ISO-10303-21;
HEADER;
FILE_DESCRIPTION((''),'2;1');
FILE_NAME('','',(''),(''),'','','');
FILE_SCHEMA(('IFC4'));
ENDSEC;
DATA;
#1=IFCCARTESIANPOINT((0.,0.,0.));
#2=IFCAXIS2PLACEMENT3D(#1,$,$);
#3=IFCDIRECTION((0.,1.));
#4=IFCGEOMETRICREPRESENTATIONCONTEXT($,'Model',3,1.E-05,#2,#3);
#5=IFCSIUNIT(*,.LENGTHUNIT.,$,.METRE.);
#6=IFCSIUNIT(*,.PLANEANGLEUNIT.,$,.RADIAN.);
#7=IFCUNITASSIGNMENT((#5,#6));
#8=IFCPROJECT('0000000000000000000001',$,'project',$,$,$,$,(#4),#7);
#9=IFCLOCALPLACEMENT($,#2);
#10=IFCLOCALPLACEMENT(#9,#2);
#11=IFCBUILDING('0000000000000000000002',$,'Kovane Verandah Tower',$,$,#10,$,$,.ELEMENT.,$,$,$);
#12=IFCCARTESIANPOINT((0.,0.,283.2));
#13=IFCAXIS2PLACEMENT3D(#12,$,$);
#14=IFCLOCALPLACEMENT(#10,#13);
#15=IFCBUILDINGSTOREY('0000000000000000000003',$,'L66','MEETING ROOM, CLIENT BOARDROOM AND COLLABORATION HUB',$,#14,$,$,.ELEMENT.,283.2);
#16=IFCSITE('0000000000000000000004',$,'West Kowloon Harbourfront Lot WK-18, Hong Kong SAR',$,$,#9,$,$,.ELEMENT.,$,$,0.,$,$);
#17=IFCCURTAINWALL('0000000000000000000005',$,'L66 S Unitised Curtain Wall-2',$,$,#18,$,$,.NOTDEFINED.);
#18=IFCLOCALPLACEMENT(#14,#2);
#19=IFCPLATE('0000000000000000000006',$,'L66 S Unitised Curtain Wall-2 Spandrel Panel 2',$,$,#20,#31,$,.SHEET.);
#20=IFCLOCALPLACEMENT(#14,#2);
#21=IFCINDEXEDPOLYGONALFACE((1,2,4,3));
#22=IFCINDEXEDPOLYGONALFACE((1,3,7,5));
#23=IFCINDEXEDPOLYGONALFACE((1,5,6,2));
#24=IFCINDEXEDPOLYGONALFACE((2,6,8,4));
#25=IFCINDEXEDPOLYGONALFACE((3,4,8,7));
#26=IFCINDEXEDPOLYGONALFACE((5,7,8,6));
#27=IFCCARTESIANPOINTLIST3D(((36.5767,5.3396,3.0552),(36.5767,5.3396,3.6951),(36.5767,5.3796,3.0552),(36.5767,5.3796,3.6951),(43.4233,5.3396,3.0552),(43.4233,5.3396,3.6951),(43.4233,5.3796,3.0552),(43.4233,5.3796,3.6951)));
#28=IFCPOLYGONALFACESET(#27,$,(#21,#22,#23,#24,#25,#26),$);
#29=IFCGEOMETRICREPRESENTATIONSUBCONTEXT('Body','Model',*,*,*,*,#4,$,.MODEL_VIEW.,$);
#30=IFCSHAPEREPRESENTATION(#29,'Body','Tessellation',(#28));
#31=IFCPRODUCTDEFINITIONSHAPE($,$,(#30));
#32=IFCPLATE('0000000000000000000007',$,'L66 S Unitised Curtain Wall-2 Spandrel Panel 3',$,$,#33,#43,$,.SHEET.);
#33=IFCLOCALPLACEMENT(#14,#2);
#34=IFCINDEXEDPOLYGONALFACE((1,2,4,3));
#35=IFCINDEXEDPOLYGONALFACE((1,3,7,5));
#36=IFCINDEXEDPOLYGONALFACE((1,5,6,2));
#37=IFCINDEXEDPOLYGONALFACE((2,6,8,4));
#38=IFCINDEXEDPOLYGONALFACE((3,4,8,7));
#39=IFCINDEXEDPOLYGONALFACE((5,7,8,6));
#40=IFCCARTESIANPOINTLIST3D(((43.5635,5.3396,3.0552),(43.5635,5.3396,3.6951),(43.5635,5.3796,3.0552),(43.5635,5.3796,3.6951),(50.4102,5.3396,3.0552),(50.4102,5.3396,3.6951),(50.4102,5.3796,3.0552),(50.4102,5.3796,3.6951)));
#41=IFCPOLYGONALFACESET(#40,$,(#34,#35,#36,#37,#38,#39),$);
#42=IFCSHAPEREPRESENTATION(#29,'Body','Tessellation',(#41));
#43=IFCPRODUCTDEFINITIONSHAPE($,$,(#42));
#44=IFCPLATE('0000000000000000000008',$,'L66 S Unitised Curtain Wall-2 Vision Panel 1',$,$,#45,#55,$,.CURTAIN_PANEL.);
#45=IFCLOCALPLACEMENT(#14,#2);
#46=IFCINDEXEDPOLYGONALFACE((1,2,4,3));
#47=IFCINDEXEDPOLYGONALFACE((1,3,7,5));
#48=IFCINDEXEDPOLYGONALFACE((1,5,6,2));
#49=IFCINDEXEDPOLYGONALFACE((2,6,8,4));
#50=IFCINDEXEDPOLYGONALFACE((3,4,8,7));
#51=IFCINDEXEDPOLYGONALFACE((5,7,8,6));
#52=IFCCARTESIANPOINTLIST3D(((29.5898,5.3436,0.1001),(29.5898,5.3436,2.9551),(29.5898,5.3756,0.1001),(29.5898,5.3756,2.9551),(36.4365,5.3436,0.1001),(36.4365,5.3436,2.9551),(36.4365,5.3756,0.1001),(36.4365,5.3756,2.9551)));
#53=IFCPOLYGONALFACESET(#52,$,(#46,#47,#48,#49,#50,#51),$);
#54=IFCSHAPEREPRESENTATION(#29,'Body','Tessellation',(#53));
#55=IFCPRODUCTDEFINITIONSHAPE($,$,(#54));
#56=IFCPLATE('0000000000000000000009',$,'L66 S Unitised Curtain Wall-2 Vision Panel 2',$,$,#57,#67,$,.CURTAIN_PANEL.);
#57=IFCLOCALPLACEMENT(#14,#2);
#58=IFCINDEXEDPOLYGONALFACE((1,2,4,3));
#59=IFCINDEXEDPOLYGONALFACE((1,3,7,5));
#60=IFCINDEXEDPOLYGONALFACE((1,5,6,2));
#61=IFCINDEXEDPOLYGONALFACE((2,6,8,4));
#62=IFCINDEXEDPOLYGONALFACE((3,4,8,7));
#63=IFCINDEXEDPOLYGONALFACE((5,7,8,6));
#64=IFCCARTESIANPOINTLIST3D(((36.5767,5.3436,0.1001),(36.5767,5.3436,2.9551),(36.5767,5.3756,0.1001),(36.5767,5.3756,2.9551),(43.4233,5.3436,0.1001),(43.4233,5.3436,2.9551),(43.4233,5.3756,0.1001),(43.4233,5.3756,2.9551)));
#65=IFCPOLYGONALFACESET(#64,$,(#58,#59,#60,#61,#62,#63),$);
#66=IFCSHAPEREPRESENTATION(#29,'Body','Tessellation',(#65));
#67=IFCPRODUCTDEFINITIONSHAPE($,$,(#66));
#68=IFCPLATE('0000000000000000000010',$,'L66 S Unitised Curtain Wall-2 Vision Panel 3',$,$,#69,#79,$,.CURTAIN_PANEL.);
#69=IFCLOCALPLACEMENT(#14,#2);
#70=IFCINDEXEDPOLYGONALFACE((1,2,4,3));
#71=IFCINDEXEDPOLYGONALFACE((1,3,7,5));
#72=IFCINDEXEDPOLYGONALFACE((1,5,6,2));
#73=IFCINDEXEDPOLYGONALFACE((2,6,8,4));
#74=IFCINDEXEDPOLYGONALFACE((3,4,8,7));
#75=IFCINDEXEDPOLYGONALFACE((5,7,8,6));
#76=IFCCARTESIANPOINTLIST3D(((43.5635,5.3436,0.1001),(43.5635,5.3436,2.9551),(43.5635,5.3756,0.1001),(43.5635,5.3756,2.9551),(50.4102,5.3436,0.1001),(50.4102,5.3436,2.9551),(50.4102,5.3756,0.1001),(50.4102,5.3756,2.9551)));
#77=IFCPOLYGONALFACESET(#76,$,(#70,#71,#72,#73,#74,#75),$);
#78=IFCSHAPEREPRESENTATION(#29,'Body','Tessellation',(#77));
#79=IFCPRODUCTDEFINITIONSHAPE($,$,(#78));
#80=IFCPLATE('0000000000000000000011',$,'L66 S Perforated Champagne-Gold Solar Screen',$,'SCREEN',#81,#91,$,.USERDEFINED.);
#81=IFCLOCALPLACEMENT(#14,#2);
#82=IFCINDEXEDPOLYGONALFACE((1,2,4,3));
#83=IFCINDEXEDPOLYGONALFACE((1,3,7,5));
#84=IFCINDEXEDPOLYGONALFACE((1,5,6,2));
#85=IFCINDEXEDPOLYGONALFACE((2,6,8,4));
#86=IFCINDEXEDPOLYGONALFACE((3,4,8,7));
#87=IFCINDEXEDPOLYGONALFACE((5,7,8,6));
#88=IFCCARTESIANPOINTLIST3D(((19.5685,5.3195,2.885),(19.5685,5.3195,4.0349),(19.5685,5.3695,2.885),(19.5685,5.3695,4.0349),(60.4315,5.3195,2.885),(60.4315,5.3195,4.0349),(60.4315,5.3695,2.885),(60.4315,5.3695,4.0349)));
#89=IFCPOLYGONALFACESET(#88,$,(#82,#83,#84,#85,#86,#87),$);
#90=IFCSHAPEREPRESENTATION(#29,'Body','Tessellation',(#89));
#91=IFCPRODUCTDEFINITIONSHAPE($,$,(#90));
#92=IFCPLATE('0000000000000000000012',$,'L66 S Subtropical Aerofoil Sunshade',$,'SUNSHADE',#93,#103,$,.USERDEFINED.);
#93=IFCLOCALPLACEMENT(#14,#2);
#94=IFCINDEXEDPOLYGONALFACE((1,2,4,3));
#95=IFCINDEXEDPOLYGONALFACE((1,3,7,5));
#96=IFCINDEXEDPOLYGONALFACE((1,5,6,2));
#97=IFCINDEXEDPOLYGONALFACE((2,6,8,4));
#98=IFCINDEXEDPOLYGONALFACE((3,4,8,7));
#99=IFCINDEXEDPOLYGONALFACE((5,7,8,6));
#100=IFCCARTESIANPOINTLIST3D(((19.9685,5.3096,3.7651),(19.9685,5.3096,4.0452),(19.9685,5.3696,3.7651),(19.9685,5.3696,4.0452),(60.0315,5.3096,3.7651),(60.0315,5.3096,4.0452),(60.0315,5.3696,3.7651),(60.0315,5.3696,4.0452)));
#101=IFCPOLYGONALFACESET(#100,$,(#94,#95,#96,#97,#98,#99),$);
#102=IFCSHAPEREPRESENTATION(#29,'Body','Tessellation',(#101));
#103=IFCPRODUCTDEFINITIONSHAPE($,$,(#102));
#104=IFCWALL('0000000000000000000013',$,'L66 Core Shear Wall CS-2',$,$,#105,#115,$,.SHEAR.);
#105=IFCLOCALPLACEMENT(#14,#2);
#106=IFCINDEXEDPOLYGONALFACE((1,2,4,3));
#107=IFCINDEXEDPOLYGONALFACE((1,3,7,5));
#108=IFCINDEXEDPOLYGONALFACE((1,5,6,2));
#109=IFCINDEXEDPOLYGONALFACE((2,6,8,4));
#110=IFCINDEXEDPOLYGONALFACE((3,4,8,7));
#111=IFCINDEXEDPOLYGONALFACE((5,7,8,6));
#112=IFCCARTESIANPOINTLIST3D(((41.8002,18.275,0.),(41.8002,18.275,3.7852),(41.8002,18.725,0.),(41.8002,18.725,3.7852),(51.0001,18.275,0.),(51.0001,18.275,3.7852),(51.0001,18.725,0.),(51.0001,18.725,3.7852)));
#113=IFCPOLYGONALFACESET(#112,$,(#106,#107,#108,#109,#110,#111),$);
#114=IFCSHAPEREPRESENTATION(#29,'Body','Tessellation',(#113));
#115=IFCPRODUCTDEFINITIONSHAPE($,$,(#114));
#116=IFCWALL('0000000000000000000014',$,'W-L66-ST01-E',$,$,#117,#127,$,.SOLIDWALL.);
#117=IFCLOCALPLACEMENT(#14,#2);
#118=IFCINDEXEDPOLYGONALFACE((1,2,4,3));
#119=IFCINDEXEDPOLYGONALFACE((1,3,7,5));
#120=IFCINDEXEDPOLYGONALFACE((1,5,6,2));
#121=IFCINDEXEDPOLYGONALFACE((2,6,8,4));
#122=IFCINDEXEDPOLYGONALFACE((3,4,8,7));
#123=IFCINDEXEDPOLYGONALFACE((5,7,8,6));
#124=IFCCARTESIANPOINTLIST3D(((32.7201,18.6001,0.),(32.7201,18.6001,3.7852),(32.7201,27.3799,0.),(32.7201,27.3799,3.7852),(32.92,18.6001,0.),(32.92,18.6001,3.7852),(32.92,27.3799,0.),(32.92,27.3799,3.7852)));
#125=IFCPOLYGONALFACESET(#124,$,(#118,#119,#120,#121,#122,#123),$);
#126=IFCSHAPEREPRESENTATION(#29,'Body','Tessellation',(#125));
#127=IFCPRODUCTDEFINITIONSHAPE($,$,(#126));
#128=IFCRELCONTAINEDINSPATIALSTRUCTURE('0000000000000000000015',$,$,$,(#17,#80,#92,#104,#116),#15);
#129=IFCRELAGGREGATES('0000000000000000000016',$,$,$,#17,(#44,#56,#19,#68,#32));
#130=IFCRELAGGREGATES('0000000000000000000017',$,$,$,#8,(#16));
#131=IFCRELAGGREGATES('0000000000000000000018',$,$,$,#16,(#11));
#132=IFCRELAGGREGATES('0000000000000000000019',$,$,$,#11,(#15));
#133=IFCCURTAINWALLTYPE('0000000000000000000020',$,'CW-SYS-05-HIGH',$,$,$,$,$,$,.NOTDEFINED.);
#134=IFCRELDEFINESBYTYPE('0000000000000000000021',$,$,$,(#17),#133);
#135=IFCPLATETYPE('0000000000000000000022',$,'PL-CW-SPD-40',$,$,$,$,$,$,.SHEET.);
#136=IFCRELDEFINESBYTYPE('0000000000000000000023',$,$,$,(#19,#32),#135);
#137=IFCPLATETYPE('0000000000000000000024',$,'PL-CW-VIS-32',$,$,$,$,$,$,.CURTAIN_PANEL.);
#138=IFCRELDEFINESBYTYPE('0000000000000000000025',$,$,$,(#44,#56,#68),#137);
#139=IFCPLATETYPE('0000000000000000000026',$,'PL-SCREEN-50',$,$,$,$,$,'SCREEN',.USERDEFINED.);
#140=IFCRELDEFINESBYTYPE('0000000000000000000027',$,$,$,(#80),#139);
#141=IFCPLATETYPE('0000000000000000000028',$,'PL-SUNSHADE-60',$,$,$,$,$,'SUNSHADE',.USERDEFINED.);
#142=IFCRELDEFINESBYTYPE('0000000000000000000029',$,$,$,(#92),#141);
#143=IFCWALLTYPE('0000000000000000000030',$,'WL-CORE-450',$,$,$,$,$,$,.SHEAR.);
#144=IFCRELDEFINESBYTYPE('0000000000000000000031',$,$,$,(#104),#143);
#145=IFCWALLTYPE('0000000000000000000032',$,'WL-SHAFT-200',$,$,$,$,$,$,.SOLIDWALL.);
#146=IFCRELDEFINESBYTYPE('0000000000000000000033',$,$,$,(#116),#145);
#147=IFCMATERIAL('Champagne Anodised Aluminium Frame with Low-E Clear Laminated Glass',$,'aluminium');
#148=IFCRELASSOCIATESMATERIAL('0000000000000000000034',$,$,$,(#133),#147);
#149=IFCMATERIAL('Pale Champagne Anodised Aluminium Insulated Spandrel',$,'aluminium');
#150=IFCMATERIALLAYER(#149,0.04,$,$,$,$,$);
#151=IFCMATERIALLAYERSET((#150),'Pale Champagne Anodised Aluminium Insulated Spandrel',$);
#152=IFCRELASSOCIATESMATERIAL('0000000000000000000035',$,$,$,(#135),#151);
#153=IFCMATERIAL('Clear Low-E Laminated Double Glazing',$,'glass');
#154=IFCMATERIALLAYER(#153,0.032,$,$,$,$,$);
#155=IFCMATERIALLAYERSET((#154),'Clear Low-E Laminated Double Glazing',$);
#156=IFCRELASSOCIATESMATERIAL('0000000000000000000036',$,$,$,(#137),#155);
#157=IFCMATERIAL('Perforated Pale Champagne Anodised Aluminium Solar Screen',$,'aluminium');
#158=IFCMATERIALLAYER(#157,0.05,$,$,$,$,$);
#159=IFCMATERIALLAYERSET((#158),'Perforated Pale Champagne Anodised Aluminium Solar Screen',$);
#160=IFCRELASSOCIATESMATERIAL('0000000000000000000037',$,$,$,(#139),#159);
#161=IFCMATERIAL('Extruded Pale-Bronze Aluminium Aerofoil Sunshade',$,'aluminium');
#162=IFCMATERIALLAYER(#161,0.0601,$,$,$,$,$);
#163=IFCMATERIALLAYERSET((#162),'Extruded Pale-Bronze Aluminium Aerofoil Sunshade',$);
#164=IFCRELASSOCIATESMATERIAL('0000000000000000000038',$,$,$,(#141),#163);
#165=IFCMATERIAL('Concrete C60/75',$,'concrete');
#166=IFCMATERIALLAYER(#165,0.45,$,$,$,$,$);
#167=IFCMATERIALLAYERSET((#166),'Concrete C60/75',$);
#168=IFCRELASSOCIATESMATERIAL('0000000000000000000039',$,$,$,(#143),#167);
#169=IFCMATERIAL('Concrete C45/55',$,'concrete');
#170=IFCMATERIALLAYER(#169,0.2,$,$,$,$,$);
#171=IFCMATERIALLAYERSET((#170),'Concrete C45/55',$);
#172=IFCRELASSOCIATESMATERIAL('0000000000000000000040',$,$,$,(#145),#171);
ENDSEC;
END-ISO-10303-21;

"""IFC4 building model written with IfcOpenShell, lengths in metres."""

from ifc_helpers import new_model, si_unit, direction, frame, frame_2d, origin, origin_2d, place, context, subcontext, project, spatial, rectangle, extrude, material, layer, layer_set, type_object, element, aggregate, save


model = new_model("IFC4")

# Units and contexts
model_context = context("Model", 3, precision=1e-05, world=origin(), true_north=direction((0.0, 1.0)))
body_context = subcontext(model_context, "Body", "Model", "MODEL_VIEW")
ifc_project = project(units=[si_unit("LENGTHUNIT", "METRE"), si_unit("PLANEANGLEUNIT", "RADIAN")], contexts=[model_context])

# Site, building, storey
site_placement = place(None, origin())
site = spatial("IfcSite", under=ifc_project, at=site_placement, Name="West Kowloon Harbourfront Lot WK-18, Hong Kong SAR", CompositionType="ELEMENT", RefElevation=0.0)
building_placement = place(site_placement, origin())
building = spatial("IfcBuilding", under=site, at=building_placement, Name="Kovane Verandah Tower", CompositionType="ELEMENT")
storey_placement = place(building_placement, frame((0.0, 0.0, 283.2)))
storey = spatial("IfcBuildingStorey", under=building, at=storey_placement, Name="L66", Description="MEETING ROOM, CLIENT BOARDROOM AND COLLABORATION HUB", CompositionType="ELEMENT", Elevation=283.2)

# Shared definitions
ifc_material_1 = material(Name="Concrete C60/75", Category="concrete")

# Curtain wall, plates
ifc_material_2 = material(Name="Champagne Anodised Aluminium Frame with Low-E Clear Laminated Glass", Category="aluminium")
curtain_wall_type = type_object("IfcCurtainWallType", Name="CW-SYS-05-HIGH", PredefinedType="NOTDEFINED", material=ifc_material_2)
curtain_wall_placement = place(storey_placement, origin())
curtain_wall = element("IfcCurtainWall", 1, at=curtain_wall_placement, inside=storey, type_object=curtain_wall_type, Name="L66 S Unitised Curtain Wall-2", PredefinedType="NOTDEFINED")
ifc_material_3 = material(Name="Pale Champagne Anodised Aluminium Insulated Spandrel", Category="aluminium")
ifc_layer_1 = layer(ifc_material_3, 0.04)
ifc_layer_set_1 = layer_set([ifc_layer_1], Name="Pale Champagne Anodised Aluminium Insulated Spandrel")
plate_type_1 = type_object("IfcPlateType", Name="PL-CW-SPD-40", PredefinedType="SHEET", material=ifc_layer_set_1)
plate_1_placement = place(storey_placement, frame((40.0, 5.3596, 3.0552), z_axis=(0.0, 0.0, 1.0), x_axis=(1.0, 0.0, 0.0)))
plate_1 = element("IfcPlate", 2, at=plate_1_placement, type_object=plate_type_1, Name="L66 S Unitised Curtain Wall-2 Spandrel Panel 2", PredefinedType="SHEET", context=body_context, shape_type="SweptSolid", body=[
    extrude(rectangle(XDim=6.8467, YDim=0.04, at=origin_2d()), origin(), (0.0, 0.0, 1.0), 0.6399),
])
plate_2_placement = place(storey_placement, frame((46.9868, 5.3596, 3.0552), z_axis=(0.0, 0.0, 1.0), x_axis=(1.0, 0.0, 0.0)))
plate_2 = element("IfcPlate", 3, at=plate_2_placement, type_object=plate_type_1, Name="L66 S Unitised Curtain Wall-2 Spandrel Panel 3", PredefinedType="SHEET", context=body_context, shape_type="SweptSolid", body=[
    extrude(rectangle(XDim=6.8467, YDim=0.04, at=origin_2d()), origin(), (0.0, 0.0, 1.0), 0.6399),
])
ifc_material_4 = material(Name="Clear Low-E Laminated Double Glazing", Category="glass")
ifc_layer_2 = layer(ifc_material_4, 0.032)
ifc_layer_set_2 = layer_set([ifc_layer_2], Name="Clear Low-E Laminated Double Glazing")
plate_type_2 = type_object("IfcPlateType", Name="PL-CW-VIS-32", PredefinedType="CURTAIN_PANEL", material=ifc_layer_set_2)
plate_3_placement = place(storey_placement, frame((33.0132, 5.3596, 0.1001), z_axis=(0.0, 0.0, 1.0), x_axis=(1.0, 0.0, 0.0)))
plate_3 = element("IfcPlate", 4, at=plate_3_placement, type_object=plate_type_2, Name="L66 S Unitised Curtain Wall-2 Vision Panel 1", PredefinedType="CURTAIN_PANEL", context=body_context, shape_type="SweptSolid", body=[
    extrude(rectangle(XDim=6.8467, YDim=0.032, at=origin_2d()), origin(), (0.0, 0.0, 1.0), 2.855),
])
plate_4_placement = place(storey_placement, frame((40.0, 5.3596, 0.1001), z_axis=(0.0, 0.0, 1.0), x_axis=(1.0, 0.0, 0.0)))
plate_4 = element("IfcPlate", 5, at=plate_4_placement, type_object=plate_type_2, Name="L66 S Unitised Curtain Wall-2 Vision Panel 2", PredefinedType="CURTAIN_PANEL", context=body_context, shape_type="SweptSolid", body=[
    extrude(rectangle(XDim=6.8467, YDim=0.032, at=origin_2d()), origin(), (0.0, 0.0, 1.0), 2.855),
])
plate_5_placement = place(storey_placement, frame((46.9868, 5.3596, 0.1001), z_axis=(0.0, 0.0, 1.0), x_axis=(1.0, 0.0, 0.0)))
plate_5 = element("IfcPlate", 6, at=plate_5_placement, type_object=plate_type_2, Name="L66 S Unitised Curtain Wall-2 Vision Panel 3", PredefinedType="CURTAIN_PANEL", context=body_context, shape_type="SweptSolid", body=[
    extrude(rectangle(XDim=6.8467, YDim=0.032, at=origin_2d()), origin(), (0.0, 0.0, 1.0), 2.855),
])
aggregate(curtain_wall, [plate_3, plate_4, plate_1, plate_5, plate_2])

# Plates
ifc_material_5 = material(Name="Perforated Pale Champagne Anodised Aluminium Solar Screen", Category="aluminium")
ifc_layer_3 = layer(ifc_material_5, 0.05)
ifc_layer_set_3 = layer_set([ifc_layer_3], Name="Perforated Pale Champagne Anodised Aluminium Solar Screen")
plate_type_3 = type_object("IfcPlateType", Name="PL-SCREEN-50", ElementType="SCREEN", PredefinedType="USERDEFINED", material=ifc_layer_set_3)
plate_6_placement = place(storey_placement, frame((40.0, 5.3445, 2.885), z_axis=(0.0, 0.0, 1.0), x_axis=(1.0, 0.0, 0.0)))
element("IfcPlate", 7, at=plate_6_placement, inside=storey, type_object=plate_type_3, Name="L66 S Perforated Champagne-Gold Solar Screen", ObjectType="SCREEN", PredefinedType="USERDEFINED", context=body_context, shape_type="SweptSolid", body=[
    extrude(rectangle(XDim=40.863, YDim=0.05, at=origin_2d()), origin(), (0.0, 0.0, 1.0), 1.1499),
])
ifc_material_6 = material(Name="Extruded Pale-Bronze Aluminium Aerofoil Sunshade", Category="aluminium")
ifc_layer_4 = layer(ifc_material_6, 0.0601)
ifc_layer_set_4 = layer_set([ifc_layer_4], Name="Extruded Pale-Bronze Aluminium Aerofoil Sunshade")
plate_type_4 = type_object("IfcPlateType", Name="PL-SUNSHADE-60", ElementType="SUNSHADE", PredefinedType="USERDEFINED", material=ifc_layer_set_4)
plate_7_placement = place(storey_placement, frame((40.0, 5.3396, 3.7651), z_axis=(0.0, 0.0, 1.0), x_axis=(1.0, 0.0, 0.0)))
element("IfcPlate", 8, at=plate_7_placement, inside=storey, type_object=plate_type_4, Name="L66 S Subtropical Aerofoil Sunshade", ObjectType="SUNSHADE", PredefinedType="USERDEFINED", context=body_context, shape_type="SweptSolid", body=[
    extrude(rectangle(XDim=40.063, YDim=0.0601, at=origin_2d()), origin(), (0.0, 0.0, 1.0), 0.28),
])

# Walls
ifc_layer_5 = layer(ifc_material_1, 0.45)
ifc_layer_set_5 = layer_set([ifc_layer_5], Name="Concrete C60/75")
wall_type_1 = type_object("IfcWallType", Name="WL-CORE-450", PredefinedType="SHEAR", material=ifc_layer_set_5)
wall_1_placement = place(storey_placement, frame((41.8, 18.5, 0.0), z_axis=(0.0, 0.0, 1.0), x_axis=(1.0, 0.0, 0.0)))
element("IfcWall", 9, at=wall_1_placement, inside=storey, type_object=wall_type_1, Name="L66 Core Shear Wall CS-2", PredefinedType="SHEAR", context=body_context, shape_type="SweptSolid", body=[
    extrude(rectangle(XDim=9.2, YDim=0.45, at=frame_2d((4.6001, 0.0))), origin(), (0.0, 0.0, 1.0), 3.7852),
])
ifc_material_7 = material(Name="Concrete C45/55", Category="concrete")
ifc_layer_6 = layer(ifc_material_7, 0.2)
ifc_layer_set_6 = layer_set([ifc_layer_6], Name="Concrete C45/55")
wall_type_2 = type_object("IfcWallType", Name="WL-SHAFT-200", PredefinedType="SOLIDWALL", material=ifc_layer_set_6)
wall_2_placement = place(storey_placement, frame((32.8201, 18.6001, 0.0), z_axis=(0.0, 0.0, 1.0), x_axis=(0.0, 1.0, 0.0)))
element("IfcWall", 10, at=wall_2_placement, inside=storey, type_object=wall_type_2, Name="W-L66-ST01-E", PredefinedType="SOLIDWALL", context=body_context, shape_type="SweptSolid", body=[
    extrude(rectangle(XDim=8.7798, YDim=0.2, at=frame_2d((4.3899, 0.0))), origin(), (0.0, 0.0, 1.0), 3.7852),
])

save(model, "model.ifc")
